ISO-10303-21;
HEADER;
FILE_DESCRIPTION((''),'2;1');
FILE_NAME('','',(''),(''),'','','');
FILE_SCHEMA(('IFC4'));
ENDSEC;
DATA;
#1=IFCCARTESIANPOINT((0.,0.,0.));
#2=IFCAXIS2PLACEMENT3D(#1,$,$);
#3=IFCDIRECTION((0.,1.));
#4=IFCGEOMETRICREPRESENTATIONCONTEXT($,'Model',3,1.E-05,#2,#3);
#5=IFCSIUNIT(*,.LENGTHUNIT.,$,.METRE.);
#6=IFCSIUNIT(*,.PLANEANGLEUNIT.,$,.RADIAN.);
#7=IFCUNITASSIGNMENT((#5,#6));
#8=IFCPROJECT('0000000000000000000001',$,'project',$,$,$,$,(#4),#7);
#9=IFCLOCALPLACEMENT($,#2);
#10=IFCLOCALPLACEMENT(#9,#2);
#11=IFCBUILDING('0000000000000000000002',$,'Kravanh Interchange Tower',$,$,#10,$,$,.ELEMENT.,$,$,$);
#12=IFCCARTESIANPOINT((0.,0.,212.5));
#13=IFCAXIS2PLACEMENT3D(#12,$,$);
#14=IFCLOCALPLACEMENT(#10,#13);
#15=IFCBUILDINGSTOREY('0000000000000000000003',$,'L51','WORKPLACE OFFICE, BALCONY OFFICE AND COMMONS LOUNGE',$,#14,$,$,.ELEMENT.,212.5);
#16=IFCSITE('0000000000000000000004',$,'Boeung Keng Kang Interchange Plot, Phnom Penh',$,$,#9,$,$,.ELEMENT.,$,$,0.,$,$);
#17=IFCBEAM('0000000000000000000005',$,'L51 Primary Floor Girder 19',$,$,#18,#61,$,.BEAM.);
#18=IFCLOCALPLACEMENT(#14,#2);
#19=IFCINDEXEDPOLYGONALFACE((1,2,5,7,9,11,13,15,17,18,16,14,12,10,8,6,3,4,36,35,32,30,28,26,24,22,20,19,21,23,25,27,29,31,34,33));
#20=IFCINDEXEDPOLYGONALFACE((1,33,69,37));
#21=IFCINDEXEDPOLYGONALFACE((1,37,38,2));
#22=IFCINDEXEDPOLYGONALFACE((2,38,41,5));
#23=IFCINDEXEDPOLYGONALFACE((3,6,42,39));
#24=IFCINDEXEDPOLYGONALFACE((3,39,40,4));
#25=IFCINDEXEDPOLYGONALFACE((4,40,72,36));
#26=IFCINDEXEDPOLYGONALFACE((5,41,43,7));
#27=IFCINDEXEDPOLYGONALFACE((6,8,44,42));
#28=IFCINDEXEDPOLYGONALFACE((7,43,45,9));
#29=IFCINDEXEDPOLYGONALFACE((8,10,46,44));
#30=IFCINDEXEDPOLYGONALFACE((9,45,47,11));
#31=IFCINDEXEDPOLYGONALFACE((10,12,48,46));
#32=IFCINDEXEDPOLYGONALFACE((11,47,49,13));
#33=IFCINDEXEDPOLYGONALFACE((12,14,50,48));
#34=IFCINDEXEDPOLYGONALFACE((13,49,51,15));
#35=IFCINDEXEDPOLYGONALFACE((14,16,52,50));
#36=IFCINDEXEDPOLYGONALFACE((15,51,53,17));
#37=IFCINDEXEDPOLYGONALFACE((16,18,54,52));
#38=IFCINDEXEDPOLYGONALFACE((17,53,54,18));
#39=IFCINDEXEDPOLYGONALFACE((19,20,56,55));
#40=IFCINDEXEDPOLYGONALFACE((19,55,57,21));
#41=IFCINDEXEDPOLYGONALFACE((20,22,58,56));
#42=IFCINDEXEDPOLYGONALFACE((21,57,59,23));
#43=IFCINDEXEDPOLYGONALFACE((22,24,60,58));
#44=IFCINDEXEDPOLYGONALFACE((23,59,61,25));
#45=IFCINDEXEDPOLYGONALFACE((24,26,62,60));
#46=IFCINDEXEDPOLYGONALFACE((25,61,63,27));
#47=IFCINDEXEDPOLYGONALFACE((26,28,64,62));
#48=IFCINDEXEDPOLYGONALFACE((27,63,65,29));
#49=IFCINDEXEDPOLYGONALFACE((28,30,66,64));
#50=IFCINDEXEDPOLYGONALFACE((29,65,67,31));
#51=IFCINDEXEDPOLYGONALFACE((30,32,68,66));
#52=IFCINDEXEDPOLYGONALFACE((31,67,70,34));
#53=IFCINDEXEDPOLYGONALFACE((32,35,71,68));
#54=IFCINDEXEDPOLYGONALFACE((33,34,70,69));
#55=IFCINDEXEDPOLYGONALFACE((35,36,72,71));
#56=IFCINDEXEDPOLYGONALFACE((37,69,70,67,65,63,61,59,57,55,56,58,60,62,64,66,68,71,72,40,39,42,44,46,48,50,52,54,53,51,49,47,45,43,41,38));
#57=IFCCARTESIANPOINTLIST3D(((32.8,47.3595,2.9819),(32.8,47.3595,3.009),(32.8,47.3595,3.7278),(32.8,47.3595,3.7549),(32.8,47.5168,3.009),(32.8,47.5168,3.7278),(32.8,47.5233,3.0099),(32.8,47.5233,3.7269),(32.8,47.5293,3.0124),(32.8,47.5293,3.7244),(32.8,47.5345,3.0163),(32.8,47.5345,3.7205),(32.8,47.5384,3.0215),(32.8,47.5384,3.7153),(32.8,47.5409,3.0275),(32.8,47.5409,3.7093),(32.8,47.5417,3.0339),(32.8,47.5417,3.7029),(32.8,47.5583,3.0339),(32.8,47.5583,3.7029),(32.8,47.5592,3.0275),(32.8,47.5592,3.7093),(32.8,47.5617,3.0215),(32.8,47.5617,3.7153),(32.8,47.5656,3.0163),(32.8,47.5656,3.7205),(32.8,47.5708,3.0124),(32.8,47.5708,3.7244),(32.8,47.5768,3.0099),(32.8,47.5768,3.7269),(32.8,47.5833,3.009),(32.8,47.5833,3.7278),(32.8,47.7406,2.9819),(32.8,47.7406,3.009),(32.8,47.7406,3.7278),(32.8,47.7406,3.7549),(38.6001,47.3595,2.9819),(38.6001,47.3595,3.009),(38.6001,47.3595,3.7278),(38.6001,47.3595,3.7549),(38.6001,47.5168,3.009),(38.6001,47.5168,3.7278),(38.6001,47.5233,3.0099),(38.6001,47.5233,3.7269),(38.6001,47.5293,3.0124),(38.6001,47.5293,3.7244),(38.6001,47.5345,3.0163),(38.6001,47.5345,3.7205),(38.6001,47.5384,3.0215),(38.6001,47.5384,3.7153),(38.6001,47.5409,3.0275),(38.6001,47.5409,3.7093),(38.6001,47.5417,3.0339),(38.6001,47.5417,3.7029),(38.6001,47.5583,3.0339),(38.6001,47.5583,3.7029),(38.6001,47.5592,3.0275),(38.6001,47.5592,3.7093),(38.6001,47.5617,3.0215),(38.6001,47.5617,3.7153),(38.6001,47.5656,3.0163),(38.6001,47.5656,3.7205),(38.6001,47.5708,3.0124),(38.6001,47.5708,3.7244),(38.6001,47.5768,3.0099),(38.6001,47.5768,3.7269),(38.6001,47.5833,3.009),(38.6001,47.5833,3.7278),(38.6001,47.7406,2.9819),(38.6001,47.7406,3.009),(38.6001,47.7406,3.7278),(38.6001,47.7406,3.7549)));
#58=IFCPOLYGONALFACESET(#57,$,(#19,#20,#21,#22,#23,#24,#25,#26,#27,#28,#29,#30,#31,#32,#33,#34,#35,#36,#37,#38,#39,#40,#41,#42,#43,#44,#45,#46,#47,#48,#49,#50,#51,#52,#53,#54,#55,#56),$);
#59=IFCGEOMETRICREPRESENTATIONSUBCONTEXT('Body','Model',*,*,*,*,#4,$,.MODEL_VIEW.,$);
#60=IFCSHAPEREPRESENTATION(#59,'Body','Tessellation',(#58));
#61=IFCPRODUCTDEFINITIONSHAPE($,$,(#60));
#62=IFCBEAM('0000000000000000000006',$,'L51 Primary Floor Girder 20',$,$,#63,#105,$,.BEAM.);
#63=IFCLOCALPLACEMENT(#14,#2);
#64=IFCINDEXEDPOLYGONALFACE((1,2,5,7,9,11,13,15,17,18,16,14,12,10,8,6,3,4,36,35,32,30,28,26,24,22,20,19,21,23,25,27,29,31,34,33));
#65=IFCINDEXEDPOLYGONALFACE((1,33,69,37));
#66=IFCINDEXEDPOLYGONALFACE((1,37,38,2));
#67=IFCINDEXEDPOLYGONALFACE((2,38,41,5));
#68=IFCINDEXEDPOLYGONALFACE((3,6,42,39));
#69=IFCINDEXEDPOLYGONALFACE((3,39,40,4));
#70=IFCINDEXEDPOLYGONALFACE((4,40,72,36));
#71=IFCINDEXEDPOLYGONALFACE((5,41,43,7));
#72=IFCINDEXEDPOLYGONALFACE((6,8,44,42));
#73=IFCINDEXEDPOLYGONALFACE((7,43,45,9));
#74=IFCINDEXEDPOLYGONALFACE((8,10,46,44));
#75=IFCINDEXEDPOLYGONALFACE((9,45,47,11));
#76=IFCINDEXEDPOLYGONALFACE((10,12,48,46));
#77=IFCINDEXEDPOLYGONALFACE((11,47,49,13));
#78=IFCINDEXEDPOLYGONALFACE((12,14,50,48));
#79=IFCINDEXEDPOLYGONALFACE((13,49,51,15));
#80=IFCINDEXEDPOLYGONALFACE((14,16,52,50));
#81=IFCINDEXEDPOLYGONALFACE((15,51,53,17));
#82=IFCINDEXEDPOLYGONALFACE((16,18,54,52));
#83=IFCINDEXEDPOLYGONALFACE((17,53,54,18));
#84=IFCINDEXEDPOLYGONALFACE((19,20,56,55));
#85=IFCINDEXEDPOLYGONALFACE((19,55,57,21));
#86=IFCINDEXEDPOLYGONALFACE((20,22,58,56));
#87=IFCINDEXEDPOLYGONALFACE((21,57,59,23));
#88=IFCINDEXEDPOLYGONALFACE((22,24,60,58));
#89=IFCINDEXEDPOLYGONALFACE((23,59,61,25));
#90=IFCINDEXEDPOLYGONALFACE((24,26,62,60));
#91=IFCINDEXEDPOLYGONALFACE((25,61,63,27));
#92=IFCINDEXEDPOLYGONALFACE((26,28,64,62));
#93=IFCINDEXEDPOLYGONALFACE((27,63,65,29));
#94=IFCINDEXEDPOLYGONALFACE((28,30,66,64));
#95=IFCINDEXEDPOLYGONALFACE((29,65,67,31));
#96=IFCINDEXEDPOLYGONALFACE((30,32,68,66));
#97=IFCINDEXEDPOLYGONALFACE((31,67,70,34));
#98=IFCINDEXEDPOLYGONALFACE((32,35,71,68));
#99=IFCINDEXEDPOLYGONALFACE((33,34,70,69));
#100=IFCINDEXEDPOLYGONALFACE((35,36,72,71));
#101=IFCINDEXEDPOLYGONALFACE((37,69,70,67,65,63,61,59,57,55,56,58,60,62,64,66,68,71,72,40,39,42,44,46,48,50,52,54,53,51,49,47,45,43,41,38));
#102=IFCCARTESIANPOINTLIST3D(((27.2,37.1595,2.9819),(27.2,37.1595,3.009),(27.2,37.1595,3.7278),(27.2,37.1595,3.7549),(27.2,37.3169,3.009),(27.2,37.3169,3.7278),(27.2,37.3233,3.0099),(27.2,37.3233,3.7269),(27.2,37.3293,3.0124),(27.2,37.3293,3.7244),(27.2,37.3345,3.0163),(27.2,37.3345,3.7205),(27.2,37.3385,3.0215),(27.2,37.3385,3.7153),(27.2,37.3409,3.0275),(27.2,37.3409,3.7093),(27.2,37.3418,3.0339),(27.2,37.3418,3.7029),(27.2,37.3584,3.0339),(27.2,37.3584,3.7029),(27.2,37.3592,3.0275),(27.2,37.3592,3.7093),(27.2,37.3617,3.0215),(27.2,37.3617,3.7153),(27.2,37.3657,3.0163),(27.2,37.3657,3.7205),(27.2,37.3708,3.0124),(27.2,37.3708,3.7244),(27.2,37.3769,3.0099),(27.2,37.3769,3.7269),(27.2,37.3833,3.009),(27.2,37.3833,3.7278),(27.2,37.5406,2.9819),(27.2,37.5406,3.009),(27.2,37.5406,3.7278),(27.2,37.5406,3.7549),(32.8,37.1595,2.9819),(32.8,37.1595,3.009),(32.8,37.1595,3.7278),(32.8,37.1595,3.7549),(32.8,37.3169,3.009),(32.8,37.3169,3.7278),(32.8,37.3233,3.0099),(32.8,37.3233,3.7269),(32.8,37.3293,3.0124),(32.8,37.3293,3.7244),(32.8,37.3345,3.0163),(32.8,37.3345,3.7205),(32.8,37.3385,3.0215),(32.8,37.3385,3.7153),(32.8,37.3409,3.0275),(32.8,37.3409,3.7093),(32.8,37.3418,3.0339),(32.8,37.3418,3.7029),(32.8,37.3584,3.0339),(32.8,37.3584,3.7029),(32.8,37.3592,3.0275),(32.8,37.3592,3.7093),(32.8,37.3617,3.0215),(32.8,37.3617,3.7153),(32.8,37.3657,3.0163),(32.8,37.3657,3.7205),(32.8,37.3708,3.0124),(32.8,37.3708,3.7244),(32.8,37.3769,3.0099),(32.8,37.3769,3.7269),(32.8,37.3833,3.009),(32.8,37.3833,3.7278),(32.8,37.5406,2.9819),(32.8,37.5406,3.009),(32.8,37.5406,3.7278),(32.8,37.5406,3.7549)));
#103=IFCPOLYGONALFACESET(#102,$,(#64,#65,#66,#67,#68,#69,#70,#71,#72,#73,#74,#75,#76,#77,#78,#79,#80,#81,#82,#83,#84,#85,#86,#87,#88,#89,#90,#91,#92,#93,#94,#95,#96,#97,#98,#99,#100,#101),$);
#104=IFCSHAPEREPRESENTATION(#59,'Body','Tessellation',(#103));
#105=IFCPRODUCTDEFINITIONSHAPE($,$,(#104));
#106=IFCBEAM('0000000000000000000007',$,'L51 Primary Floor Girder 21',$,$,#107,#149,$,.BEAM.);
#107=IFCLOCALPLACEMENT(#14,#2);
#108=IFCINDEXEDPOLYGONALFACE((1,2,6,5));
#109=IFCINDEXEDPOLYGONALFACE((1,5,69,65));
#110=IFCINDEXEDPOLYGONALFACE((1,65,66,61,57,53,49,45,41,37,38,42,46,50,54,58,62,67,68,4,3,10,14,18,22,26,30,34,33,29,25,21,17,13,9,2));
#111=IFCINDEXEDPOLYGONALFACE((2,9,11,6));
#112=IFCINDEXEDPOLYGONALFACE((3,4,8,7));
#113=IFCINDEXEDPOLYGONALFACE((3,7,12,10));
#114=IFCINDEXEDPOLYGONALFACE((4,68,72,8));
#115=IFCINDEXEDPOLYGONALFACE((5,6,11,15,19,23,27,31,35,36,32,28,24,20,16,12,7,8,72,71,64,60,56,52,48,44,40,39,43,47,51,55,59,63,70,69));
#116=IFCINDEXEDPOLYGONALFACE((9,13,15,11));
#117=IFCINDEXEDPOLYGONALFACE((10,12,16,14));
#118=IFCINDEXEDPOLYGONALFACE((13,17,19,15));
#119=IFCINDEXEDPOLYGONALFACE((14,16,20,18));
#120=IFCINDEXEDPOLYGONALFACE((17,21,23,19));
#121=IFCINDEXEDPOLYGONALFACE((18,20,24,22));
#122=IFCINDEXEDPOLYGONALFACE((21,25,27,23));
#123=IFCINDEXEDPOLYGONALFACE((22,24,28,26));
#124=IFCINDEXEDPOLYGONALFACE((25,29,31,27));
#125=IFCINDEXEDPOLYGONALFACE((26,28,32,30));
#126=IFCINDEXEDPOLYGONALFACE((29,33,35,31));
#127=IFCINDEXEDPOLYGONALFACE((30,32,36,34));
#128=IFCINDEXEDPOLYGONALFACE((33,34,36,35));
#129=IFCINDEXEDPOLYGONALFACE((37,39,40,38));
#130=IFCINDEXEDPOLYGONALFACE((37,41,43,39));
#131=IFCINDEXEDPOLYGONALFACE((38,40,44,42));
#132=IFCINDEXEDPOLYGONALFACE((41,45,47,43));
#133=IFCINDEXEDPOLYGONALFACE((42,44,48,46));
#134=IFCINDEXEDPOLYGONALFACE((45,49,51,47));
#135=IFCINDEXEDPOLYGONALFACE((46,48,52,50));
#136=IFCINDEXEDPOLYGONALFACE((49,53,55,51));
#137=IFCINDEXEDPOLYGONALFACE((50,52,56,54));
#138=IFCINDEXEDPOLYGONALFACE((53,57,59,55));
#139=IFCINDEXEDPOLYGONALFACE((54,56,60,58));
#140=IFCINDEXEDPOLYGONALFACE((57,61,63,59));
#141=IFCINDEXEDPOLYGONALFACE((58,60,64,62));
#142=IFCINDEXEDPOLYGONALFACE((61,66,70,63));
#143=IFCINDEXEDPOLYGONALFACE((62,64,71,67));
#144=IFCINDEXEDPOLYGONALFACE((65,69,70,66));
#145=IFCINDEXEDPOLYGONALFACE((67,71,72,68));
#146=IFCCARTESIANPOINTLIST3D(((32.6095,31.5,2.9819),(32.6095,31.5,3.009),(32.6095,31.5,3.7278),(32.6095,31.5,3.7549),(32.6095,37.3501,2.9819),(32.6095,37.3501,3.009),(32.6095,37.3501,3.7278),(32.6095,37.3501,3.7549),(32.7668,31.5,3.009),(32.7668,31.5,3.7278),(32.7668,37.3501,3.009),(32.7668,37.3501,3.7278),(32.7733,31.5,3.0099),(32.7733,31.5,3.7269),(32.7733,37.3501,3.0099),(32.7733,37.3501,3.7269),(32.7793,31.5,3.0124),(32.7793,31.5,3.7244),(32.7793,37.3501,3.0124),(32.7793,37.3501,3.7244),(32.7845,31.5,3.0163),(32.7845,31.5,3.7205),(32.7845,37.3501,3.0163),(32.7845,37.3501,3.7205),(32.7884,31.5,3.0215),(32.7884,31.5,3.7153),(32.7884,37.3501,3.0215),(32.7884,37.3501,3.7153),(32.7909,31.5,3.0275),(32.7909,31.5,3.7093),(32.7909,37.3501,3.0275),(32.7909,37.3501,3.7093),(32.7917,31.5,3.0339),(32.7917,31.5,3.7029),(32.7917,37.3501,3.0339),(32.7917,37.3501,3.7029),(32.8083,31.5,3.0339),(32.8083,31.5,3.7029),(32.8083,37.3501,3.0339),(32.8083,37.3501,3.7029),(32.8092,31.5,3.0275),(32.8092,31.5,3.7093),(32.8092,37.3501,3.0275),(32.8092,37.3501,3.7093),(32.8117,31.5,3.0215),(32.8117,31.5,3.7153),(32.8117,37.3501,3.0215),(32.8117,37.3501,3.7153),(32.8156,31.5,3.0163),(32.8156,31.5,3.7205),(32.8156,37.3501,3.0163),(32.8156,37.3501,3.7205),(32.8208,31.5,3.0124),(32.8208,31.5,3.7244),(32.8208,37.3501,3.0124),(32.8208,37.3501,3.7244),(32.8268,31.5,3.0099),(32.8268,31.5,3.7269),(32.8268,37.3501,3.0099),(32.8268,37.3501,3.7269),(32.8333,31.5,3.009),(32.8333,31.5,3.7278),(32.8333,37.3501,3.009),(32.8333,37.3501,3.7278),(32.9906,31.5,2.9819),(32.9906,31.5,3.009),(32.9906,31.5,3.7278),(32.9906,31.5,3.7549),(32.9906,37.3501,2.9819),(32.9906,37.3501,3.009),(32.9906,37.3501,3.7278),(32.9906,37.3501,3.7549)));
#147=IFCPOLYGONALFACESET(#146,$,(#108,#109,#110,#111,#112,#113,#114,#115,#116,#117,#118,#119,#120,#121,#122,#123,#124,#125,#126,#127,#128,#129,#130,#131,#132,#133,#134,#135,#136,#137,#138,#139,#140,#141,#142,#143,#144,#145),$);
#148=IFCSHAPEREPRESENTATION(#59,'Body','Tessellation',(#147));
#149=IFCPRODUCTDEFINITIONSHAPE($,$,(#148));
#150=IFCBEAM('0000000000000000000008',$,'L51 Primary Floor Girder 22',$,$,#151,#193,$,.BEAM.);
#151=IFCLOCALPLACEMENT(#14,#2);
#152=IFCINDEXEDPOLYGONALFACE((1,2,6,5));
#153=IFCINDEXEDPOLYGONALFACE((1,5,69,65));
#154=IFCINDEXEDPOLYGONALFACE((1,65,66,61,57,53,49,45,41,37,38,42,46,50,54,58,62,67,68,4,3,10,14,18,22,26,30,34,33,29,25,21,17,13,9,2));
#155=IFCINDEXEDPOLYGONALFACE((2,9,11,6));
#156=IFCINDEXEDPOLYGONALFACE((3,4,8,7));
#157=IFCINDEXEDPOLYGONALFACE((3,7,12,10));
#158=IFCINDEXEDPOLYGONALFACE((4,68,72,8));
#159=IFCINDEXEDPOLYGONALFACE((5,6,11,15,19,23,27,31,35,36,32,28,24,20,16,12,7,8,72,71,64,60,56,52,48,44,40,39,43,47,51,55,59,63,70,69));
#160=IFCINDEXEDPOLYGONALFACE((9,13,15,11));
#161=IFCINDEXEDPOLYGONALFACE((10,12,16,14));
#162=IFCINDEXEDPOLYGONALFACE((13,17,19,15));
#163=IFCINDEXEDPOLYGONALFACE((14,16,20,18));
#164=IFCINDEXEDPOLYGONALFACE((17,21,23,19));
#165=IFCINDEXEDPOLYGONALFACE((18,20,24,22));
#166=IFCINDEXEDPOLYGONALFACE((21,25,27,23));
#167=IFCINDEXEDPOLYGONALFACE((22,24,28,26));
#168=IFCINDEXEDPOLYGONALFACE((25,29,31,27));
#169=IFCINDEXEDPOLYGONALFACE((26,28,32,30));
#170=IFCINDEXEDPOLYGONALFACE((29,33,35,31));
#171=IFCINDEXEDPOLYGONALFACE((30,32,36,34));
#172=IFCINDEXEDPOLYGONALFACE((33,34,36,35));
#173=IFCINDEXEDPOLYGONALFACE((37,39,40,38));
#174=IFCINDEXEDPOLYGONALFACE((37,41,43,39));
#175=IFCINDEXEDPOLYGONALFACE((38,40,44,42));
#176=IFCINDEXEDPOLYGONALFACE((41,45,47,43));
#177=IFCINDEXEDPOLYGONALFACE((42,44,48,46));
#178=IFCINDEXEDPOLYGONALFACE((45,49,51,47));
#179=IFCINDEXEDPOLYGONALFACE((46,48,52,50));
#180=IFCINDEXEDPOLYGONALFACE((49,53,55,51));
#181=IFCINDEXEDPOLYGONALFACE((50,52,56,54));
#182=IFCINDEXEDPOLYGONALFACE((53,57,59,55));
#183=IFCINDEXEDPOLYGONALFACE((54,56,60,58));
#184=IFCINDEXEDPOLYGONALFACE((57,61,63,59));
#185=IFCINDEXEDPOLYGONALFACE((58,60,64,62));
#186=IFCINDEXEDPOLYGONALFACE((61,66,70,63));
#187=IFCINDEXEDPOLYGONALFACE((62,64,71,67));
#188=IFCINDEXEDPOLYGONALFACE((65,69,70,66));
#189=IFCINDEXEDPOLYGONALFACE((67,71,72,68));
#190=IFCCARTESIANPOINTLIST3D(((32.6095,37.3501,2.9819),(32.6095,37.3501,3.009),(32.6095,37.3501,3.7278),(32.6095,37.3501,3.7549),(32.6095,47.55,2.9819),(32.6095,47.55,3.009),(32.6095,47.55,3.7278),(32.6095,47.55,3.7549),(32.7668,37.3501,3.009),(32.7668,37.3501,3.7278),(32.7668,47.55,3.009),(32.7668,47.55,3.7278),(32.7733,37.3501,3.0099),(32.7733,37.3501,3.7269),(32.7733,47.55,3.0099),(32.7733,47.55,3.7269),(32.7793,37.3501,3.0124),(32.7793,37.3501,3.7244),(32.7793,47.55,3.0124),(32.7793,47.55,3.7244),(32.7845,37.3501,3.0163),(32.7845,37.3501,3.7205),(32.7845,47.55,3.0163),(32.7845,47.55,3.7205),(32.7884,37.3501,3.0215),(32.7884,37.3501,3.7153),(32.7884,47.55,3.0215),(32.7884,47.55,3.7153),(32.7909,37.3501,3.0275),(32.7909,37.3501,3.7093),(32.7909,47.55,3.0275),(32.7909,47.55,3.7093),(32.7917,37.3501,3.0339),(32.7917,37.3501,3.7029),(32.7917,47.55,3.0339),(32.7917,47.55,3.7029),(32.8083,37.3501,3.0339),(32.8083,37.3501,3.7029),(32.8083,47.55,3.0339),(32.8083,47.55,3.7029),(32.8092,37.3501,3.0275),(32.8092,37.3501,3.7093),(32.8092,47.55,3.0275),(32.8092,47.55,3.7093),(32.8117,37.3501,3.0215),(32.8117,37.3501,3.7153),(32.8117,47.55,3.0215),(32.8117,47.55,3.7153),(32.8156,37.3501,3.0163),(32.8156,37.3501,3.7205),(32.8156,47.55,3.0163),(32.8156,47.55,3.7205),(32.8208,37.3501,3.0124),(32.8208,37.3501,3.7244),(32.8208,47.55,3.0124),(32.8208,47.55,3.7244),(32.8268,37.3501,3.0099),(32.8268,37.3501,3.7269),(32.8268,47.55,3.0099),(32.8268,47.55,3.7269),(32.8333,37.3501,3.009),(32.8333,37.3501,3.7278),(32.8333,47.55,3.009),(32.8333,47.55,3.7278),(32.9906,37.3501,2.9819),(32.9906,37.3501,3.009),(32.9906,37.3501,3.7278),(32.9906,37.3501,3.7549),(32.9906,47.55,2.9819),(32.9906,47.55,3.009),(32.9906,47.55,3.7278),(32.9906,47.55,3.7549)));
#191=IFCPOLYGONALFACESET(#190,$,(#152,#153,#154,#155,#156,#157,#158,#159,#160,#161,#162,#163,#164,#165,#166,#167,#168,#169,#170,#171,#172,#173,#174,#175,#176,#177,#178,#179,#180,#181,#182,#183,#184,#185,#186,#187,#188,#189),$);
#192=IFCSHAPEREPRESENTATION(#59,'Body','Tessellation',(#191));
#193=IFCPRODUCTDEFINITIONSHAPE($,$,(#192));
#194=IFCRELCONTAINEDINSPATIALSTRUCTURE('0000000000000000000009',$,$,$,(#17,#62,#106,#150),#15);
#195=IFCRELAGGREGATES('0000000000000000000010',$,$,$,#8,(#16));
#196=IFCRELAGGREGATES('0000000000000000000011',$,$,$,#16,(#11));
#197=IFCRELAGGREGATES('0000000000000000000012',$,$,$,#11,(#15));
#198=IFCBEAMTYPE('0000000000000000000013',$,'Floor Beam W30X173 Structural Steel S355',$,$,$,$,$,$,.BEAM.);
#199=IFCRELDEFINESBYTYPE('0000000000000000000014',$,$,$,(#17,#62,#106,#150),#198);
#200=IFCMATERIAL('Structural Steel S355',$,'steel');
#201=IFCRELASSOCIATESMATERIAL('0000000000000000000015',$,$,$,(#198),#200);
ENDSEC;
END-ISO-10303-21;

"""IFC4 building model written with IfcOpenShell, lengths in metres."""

from ifc_helpers import new_model, si_unit, direction, frame, origin, origin_2d, place, context, subcontext, project, spatial, i_section, extrude, material, material_profile, profile_set, type_object, element, save


model = new_model("IFC4")

# Units and contexts
model_context = context("Model", 3, precision=1e-05, world=origin(), true_north=direction((0.0, 1.0)))
body_context = subcontext(model_context, "Body", "Model", "MODEL_VIEW")
ifc_project = project(units=[si_unit("LENGTHUNIT", "METRE"), si_unit("PLANEANGLEUNIT", "RADIAN")], contexts=[model_context])

# Site, building, storey
site_placement = place(None, origin())
site = spatial("IfcSite", under=ifc_project, at=site_placement, Name="Boeung Keng Kang Interchange Plot, Phnom Penh", CompositionType="ELEMENT", RefElevation=0.0)
building_placement = place(site_placement, origin())
building = spatial("IfcBuilding", under=site, at=building_placement, Name="Kravanh Interchange Tower", CompositionType="ELEMENT")
storey_placement = place(building_placement, frame((0.0, 0.0, 212.5)))
storey = spatial("IfcBuildingStorey", under=building, at=storey_placement, Name="L51", Description="WORKPLACE OFFICE, BALCONY OFFICE AND COMMONS LOUNGE", CompositionType="ELEMENT", Elevation=212.5)

# Beams
ifc_material_1 = material(Name="Structural Steel S355", Category="steel")
ifc_material_profile_1 = material_profile(ifc_material_1, i_section(OverallWidth=0.3811, OverallDepth=0.7729, WebThickness=0.0166, FlangeThickness=0.0271, FilletRadius=0.0249, at=origin_2d()), Name="W30X173")
ifc_profile_set_1 = profile_set([ifc_material_profile_1], Name="Structural Steel S355")
beam_type = type_object("IfcBeamType", Name="Floor Beam W30X173 Structural Steel S355", PredefinedType="BEAM", material=ifc_profile_set_1)
beam_1_placement = place(storey_placement, frame((38.6001, 47.55, 3.3684), z_axis=(-1.0, 0.0, 0.0), x_axis=(0.0, -1.0, 0.0)))
element("IfcBeam", 1, at=beam_1_placement, inside=storey, type_object=beam_type, Name="L51 Primary Floor Girder 19", PredefinedType="BEAM", context=body_context, shape_type="SweptSolid", body=[
    extrude(i_section(OverallWidth=0.3811, OverallDepth=0.7729, WebThickness=0.0166, FlangeThickness=0.0271, FilletRadius=0.0249, at=origin_2d()), origin(), (0.0, 0.0, 1.0), 5.8),
])
beam_2_placement = place(storey_placement, frame((32.8, 37.3501, 3.3684), z_axis=(-1.0, 0.0, 0.0), x_axis=(0.0, -1.0, 0.0)))
element("IfcBeam", 2, at=beam_2_placement, inside=storey, type_object=beam_type, Name="L51 Primary Floor Girder 20", PredefinedType="BEAM", context=body_context, shape_type="SweptSolid", body=[
    extrude(i_section(OverallWidth=0.3811, OverallDepth=0.7729, WebThickness=0.0166, FlangeThickness=0.0271, FilletRadius=0.0249, at=origin_2d()), origin(), (0.0, 0.0, 1.0), 5.6001),
])
beam_3_placement = place(storey_placement, frame((32.8, 37.3501, 3.3684), z_axis=(0.0, -1.0, 0.0), x_axis=(1.0, 0.0, 0.0)))
element("IfcBeam", 3, at=beam_3_placement, inside=storey, type_object=beam_type, Name="L51 Primary Floor Girder 21", PredefinedType="BEAM", context=body_context, shape_type="SweptSolid", body=[
    extrude(i_section(OverallWidth=0.3811, OverallDepth=0.7729, WebThickness=0.0166, FlangeThickness=0.0271, FilletRadius=0.0249, at=origin_2d()), origin(), (0.0, 0.0, 1.0), 5.8501),
])
beam_4_placement = place(storey_placement, frame((32.8, 37.3501, 3.3684), z_axis=(0.0, 1.0, 0.0), x_axis=(-1.0, 0.0, 0.0)))
element("IfcBeam", 4, at=beam_4_placement, inside=storey, type_object=beam_type, Name="L51 Primary Floor Girder 22", PredefinedType="BEAM", context=body_context, shape_type="SweptSolid", body=[
    extrude(i_section(OverallWidth=0.3811, OverallDepth=0.7729, WebThickness=0.0166, FlangeThickness=0.0271, FilletRadius=0.0249, at=origin_2d()), origin(), (0.0, 0.0, 1.0), 10.2),
])

save(model, "model.ifc")
